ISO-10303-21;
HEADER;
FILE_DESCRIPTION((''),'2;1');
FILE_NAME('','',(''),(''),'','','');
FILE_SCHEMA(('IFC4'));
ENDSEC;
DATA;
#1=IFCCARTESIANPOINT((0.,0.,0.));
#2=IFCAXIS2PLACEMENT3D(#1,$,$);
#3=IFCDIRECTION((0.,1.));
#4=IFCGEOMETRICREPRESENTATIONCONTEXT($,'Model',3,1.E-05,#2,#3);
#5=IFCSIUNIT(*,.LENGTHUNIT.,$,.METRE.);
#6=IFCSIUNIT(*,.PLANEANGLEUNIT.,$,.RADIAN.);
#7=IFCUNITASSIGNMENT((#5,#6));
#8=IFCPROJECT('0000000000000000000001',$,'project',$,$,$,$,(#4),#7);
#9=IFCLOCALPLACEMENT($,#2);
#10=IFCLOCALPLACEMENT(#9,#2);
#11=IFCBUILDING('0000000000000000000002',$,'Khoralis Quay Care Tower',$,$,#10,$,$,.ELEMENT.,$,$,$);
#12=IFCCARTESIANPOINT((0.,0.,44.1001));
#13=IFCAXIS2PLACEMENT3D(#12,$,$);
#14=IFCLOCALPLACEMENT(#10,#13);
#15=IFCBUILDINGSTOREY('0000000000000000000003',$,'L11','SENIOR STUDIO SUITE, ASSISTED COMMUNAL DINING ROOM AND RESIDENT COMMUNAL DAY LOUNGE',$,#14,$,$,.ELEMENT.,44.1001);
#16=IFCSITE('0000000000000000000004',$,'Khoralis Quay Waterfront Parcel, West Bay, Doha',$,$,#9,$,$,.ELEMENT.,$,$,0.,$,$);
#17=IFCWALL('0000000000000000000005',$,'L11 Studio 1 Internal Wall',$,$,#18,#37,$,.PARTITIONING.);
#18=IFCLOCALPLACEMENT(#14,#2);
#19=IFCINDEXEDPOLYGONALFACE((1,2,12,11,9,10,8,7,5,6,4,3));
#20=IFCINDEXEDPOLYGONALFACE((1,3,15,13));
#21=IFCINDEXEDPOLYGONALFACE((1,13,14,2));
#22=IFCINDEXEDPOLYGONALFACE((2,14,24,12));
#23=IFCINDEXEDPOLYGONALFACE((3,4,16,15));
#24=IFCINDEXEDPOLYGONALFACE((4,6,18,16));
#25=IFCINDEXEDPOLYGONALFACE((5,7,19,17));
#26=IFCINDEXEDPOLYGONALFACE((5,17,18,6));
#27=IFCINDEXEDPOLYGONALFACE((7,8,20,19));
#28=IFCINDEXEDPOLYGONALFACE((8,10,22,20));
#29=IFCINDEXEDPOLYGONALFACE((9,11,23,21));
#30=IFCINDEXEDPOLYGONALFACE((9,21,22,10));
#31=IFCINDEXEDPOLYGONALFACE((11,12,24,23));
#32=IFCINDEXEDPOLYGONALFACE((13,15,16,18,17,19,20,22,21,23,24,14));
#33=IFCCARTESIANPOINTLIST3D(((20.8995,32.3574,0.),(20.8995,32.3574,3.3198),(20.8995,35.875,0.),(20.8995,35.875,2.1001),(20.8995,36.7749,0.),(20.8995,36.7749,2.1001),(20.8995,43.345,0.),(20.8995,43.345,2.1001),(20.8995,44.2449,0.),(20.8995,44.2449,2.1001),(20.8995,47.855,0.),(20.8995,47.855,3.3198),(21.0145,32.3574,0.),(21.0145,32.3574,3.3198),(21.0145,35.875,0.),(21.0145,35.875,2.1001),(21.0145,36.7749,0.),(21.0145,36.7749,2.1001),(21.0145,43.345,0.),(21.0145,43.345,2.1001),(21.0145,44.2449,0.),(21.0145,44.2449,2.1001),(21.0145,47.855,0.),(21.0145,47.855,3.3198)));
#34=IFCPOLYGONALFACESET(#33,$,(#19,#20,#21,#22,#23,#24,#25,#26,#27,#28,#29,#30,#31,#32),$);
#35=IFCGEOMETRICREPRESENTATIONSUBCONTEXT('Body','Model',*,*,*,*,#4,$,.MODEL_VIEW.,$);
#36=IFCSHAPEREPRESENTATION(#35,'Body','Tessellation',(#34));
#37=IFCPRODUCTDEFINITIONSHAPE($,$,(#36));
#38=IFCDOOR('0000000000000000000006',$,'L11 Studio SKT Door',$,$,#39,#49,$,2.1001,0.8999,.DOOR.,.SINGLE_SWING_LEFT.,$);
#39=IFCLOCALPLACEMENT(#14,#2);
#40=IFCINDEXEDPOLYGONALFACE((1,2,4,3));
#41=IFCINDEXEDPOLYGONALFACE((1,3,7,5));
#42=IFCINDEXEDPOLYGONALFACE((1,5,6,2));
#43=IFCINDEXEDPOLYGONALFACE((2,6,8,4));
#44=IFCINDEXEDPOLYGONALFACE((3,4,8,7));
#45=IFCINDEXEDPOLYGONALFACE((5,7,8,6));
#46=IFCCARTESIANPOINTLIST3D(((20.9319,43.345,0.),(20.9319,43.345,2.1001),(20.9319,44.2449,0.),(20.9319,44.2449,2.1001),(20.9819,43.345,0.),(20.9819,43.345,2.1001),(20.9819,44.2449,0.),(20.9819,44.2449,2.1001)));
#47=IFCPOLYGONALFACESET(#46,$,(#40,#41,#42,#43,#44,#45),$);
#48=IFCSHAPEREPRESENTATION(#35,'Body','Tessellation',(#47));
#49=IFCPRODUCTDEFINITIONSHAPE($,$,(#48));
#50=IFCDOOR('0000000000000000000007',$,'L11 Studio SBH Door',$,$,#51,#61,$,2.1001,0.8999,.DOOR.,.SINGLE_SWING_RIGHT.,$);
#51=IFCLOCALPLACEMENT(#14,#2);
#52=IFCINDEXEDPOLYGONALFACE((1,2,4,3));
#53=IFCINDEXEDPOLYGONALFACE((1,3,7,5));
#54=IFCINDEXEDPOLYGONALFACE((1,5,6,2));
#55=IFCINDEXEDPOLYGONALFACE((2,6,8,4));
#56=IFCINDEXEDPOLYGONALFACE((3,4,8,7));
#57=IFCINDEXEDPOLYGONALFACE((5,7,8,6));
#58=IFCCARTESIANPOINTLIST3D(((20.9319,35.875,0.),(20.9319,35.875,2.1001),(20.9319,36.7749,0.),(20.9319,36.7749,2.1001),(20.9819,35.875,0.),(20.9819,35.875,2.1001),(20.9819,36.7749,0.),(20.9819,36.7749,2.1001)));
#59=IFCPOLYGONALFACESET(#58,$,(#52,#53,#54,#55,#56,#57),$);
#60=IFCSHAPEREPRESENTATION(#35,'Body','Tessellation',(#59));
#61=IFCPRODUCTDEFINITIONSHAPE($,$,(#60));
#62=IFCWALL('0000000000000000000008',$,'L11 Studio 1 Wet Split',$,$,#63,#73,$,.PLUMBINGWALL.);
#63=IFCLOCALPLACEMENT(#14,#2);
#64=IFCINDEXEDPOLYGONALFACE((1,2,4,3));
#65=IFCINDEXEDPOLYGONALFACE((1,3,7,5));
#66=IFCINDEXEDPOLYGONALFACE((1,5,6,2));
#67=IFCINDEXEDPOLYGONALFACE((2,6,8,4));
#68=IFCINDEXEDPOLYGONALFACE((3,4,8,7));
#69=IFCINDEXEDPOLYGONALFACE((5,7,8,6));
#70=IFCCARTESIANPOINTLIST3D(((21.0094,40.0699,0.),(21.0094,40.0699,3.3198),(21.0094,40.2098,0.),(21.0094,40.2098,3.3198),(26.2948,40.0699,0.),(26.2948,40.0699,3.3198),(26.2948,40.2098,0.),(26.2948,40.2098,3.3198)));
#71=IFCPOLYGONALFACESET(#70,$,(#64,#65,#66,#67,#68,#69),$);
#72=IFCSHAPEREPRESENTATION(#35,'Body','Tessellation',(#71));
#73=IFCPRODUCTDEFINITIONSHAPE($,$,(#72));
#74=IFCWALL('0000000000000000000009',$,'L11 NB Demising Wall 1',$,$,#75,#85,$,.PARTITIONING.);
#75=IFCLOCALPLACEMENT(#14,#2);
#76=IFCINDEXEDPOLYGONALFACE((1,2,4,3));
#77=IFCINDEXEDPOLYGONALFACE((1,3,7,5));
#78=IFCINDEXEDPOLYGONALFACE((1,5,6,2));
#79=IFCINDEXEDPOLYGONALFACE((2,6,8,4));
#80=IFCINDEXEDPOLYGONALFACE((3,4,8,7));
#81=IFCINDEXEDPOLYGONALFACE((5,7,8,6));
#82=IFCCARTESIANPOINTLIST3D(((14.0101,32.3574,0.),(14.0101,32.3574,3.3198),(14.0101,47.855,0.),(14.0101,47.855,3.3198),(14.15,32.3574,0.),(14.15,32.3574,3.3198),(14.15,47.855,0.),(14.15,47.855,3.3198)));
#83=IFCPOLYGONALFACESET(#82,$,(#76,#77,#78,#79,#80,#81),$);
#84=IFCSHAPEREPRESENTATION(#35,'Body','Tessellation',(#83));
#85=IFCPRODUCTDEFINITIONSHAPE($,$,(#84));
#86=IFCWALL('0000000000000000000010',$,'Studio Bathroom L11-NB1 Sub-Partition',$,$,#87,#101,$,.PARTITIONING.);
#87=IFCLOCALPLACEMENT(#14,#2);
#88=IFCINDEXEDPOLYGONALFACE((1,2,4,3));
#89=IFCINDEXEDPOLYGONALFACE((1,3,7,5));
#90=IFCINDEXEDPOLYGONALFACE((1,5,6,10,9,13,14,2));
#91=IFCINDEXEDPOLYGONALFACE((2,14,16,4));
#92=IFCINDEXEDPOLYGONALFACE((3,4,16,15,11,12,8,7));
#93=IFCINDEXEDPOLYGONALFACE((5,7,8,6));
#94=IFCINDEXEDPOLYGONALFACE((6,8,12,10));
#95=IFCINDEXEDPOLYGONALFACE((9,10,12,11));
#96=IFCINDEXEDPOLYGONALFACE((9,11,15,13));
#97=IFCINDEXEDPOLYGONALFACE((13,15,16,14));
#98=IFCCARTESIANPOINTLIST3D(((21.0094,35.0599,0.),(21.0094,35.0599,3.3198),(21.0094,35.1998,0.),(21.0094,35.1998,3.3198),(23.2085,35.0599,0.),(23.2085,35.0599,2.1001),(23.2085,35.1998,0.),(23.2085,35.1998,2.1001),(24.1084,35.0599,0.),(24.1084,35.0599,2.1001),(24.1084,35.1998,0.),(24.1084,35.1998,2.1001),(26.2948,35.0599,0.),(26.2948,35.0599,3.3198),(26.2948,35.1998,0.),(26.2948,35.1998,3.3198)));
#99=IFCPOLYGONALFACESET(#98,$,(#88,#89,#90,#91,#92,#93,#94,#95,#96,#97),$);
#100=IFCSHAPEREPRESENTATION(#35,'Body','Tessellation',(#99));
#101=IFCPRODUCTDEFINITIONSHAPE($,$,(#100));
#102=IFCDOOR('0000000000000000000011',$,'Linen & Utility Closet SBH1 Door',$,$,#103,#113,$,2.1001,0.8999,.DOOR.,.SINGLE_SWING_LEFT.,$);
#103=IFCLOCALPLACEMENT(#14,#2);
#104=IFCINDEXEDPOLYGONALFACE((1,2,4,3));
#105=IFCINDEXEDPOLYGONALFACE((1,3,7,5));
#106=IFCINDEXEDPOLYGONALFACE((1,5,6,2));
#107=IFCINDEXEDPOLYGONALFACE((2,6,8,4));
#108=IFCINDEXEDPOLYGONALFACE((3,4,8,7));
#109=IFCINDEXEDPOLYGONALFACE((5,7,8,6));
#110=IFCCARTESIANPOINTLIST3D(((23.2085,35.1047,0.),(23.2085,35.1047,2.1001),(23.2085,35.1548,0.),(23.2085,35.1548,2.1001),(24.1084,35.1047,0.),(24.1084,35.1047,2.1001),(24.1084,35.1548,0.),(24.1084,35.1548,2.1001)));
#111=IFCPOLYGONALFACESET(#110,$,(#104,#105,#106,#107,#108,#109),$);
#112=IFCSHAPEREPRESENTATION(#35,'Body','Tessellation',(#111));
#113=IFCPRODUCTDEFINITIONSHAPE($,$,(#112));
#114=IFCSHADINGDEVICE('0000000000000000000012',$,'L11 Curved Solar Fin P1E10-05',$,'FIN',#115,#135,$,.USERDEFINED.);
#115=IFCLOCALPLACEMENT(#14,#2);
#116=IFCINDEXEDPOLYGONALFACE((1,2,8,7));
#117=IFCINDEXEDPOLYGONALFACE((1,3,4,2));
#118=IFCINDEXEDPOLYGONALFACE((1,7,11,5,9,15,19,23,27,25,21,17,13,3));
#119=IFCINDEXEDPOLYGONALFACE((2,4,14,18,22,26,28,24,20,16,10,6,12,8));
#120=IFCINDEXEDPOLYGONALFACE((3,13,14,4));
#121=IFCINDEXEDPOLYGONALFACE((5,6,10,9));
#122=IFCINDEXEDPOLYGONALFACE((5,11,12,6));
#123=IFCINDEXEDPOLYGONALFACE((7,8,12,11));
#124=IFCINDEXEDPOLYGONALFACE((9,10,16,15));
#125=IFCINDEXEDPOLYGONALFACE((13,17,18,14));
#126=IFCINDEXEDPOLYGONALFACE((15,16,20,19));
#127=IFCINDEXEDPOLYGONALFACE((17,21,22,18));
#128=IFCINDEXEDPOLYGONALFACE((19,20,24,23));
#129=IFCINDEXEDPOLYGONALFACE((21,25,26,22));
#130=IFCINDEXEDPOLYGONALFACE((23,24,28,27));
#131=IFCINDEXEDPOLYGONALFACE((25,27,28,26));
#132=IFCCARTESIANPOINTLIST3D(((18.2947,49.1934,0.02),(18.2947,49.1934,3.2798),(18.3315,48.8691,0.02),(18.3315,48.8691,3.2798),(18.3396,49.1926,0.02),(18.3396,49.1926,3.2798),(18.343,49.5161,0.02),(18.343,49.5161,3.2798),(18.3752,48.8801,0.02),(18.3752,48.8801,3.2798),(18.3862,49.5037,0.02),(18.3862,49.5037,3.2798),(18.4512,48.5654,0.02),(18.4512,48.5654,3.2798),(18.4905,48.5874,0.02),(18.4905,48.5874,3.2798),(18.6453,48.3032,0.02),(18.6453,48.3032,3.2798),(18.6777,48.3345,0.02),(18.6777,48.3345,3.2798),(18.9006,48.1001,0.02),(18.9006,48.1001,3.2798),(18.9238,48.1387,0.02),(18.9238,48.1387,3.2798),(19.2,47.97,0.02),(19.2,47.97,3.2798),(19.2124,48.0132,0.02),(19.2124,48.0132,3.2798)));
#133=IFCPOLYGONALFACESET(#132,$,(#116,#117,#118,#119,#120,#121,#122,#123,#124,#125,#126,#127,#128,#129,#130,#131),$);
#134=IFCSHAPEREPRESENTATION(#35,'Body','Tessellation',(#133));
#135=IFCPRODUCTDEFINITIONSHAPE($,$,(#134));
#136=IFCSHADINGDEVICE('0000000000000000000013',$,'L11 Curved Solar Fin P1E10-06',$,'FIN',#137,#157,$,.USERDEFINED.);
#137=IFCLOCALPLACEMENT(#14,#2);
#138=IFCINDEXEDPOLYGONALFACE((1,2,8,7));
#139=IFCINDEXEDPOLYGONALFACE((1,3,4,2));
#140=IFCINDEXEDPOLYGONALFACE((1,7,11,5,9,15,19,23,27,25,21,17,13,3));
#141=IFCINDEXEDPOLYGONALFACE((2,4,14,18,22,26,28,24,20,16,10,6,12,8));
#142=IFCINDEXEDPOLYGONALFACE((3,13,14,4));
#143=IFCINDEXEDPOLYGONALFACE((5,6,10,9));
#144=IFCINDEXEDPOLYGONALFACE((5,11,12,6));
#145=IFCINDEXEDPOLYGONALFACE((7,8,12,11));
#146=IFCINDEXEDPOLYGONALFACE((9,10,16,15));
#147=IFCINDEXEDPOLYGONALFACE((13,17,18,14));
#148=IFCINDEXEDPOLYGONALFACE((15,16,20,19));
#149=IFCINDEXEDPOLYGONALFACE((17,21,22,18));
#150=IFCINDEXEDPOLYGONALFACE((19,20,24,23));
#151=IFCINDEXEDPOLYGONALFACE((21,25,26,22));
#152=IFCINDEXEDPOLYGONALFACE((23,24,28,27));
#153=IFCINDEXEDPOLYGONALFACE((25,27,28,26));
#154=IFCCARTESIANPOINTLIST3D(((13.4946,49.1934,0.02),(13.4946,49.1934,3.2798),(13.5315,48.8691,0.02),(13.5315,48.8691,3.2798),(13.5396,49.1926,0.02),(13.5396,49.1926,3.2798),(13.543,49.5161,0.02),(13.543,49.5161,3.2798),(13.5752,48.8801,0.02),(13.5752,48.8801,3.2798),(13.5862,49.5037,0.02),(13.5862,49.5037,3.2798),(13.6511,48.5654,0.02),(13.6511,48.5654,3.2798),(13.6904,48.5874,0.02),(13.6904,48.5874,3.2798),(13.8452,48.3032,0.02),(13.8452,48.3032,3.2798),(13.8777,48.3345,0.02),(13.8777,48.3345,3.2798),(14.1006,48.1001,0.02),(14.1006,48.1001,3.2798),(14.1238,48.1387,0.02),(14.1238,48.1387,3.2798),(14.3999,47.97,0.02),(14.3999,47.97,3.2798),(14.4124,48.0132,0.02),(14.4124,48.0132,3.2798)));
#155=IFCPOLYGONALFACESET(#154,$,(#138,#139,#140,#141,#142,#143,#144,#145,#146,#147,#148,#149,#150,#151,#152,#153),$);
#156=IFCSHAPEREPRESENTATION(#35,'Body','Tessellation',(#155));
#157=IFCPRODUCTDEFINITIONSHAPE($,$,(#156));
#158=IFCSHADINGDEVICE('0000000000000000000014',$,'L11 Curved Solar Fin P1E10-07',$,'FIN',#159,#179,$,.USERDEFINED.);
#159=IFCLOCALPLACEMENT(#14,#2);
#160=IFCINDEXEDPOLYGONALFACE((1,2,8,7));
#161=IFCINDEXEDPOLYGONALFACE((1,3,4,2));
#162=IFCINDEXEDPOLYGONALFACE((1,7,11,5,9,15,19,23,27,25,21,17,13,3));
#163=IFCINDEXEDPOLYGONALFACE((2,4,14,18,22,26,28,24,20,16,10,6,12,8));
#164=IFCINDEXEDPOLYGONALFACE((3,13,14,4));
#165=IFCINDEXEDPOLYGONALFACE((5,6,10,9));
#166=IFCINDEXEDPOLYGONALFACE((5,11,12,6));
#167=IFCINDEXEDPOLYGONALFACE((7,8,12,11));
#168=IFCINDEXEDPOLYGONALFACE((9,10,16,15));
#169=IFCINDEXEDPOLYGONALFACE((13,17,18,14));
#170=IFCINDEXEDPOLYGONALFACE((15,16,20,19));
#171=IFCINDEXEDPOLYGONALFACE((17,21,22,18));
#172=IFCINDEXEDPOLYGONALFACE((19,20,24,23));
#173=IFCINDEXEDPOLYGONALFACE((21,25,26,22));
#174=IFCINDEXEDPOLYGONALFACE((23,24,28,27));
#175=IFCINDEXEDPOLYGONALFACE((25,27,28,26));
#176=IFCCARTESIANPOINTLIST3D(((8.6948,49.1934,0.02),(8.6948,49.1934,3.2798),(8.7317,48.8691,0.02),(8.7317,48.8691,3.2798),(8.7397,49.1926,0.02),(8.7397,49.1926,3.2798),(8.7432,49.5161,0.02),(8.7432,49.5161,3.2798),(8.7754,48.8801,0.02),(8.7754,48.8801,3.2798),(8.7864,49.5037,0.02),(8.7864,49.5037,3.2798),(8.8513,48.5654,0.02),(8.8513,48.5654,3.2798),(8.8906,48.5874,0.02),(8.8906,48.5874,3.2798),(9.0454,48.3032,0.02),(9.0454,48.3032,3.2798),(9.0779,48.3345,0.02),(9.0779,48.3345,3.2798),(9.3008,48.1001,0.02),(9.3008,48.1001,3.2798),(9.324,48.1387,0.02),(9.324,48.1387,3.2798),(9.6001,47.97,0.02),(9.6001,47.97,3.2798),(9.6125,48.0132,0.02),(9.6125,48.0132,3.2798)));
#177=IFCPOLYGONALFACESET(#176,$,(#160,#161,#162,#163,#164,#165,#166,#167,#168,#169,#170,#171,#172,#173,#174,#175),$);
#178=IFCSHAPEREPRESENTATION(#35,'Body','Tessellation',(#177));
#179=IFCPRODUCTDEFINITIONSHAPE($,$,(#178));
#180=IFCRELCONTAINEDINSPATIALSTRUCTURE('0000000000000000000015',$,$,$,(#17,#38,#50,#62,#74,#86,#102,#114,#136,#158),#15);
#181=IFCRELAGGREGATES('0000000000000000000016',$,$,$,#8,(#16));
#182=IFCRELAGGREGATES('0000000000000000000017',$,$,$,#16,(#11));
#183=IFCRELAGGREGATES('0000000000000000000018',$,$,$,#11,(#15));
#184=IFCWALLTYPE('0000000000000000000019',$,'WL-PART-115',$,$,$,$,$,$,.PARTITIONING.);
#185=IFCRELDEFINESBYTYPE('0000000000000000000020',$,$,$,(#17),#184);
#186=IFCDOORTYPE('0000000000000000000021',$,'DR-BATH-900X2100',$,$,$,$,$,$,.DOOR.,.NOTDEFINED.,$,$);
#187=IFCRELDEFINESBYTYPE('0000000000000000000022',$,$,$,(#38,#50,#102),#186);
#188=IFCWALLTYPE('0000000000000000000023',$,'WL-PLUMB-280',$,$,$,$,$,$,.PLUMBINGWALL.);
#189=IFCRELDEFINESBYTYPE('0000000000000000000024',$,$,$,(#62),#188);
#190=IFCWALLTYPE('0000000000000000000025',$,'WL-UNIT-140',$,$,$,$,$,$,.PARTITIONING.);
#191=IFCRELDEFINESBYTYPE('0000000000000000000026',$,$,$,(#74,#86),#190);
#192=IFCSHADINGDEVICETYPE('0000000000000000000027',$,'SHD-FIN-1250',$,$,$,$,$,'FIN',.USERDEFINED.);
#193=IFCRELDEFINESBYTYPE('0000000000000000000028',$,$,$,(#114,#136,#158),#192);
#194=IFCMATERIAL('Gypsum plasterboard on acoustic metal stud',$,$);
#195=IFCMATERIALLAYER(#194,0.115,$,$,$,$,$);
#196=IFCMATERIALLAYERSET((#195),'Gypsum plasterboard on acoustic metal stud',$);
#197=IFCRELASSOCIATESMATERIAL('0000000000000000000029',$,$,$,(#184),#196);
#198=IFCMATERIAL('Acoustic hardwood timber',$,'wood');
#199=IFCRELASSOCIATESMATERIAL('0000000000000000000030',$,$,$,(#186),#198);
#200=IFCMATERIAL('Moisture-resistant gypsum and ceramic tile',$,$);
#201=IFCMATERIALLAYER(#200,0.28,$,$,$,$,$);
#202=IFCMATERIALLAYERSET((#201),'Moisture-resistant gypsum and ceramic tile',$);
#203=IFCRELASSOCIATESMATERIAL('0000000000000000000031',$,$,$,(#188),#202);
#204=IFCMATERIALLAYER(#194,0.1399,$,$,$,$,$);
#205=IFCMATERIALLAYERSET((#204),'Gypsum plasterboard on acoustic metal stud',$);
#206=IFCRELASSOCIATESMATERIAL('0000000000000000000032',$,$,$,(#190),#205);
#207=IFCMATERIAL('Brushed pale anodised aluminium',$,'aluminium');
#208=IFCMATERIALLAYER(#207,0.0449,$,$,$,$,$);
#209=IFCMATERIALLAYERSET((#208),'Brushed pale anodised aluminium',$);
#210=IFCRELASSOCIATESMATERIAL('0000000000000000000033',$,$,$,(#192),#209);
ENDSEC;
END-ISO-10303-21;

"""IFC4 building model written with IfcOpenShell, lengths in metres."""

from ifc_helpers import new_model, si_unit, direction, frame, frame_2d, origin, place, context, subcontext, project, spatial, polyline, rectangle, outline, extrude, source, transform, mapped, material, layer, layer_set, type_object, element, fill, save


model = new_model("IFC4")

# Units and contexts
model_context = context("Model", 3, precision=1e-05, world=origin(), true_north=direction((0.0, 1.0)))
body_context = subcontext(model_context, "Body", "Model", "MODEL_VIEW")
ifc_project = project(units=[si_unit("LENGTHUNIT", "METRE"), si_unit("PLANEANGLEUNIT", "RADIAN")], contexts=[model_context])

# Site, building, storey
site_placement = place(None, origin())
site = spatial("IfcSite", under=ifc_project, at=site_placement, Name="Khoralis Quay Waterfront Parcel, West Bay, Doha", CompositionType="ELEMENT", RefElevation=0.0)
building_placement = place(site_placement, origin())
building = spatial("IfcBuilding", under=site, at=building_placement, Name="Khoralis Quay Care Tower", CompositionType="ELEMENT")
storey_placement = place(building_placement, frame((0.0, 0.0, 44.1001)))
storey = spatial("IfcBuildingStorey", under=building, at=storey_placement, Name="L11", Description="SENIOR STUDIO SUITE, ASSISTED COMMUNAL DINING ROOM AND RESIDENT COMMUNAL DAY LOUNGE", CompositionType="ELEMENT", Elevation=44.1001)

# Wall, openings, doors
ifc_material_1 = material(Name="Gypsum plasterboard on acoustic metal stud")
ifc_layer_1 = layer(ifc_material_1, 0.115)
ifc_layer_set_1 = layer_set([ifc_layer_1], Name="Gypsum plasterboard on acoustic metal stud")
wall_type_1 = type_object("IfcWallType", Name="WL-PART-115", PredefinedType="PARTITIONING", material=ifc_layer_set_1)
wall_1_placement = place(storey_placement, frame((20.957, 32.3574, 0.0), z_axis=(0.0, 0.0, 1.0), x_axis=(0.0, 1.0, 0.0)))
wall_1 = element("IfcWall", 1, at=wall_1_placement, inside=storey, type_object=wall_type_1, Name="L11 Studio 1 Internal Wall", PredefinedType="PARTITIONING", context=body_context, shape_type="SweptSolid", body=[
    extrude(rectangle(XDim=15.4976, YDim=0.115, at=frame_2d((7.7488, 0.0))), origin(), (0.0, 0.0, 1.0), 3.3198),
])
opening_1_placement = place(wall_1_placement, frame((10.9875, 0.0, 0.0)))
opening_1 = element("IfcOpeningElement", 2, at=opening_1_placement, cuts=wall_1, PredefinedType="OPENING", context=body_context, shape_type="SweptSolid", body=[
    extrude(rectangle(XDim=0.8999, YDim=2.1001, at=frame_2d((0.45, 1.05))), frame((0.0, 0.0674, 0.0), z_axis=(0.0, -1.0, 0.0), x_axis=(1.0, 0.0, 0.0)), (0.0, 0.0, 1.0), 0.135),
])
opening_2_placement = place(wall_1_placement, frame((3.5176, 0.0, 0.0)))
opening_2 = element("IfcOpeningElement", 3, at=opening_2_placement, cuts=wall_1, PredefinedType="OPENING", context=body_context, shape_type="SweptSolid", body=[
    extrude(rectangle(XDim=0.8999, YDim=2.1001, at=frame_2d((0.45, 1.05))), frame((0.0, 0.0674, 0.0), z_axis=(0.0, -1.0, 0.0), x_axis=(1.0, 0.0, 0.0)), (0.0, 0.0, 1.0), 0.135),
])
ifc_material_2 = material(Name="Acoustic hardwood timber", Category="wood")
door_type = type_object("IfcDoorType", Name="DR-BATH-900X2100", OperationType="NOTDEFINED", PredefinedType="DOOR", material=ifc_material_2)
shared_shape_1 = source(origin(), body_context, "Body", "SweptSolid", [
    extrude(rectangle(XDim=0.8999, YDim=2.1001, at=frame_2d((0.45, 1.05))), frame((0.0, 0.0249, 0.0), z_axis=(0.0, -1.0, 0.0), x_axis=(1.0, 0.0, 0.0)), (0.0, 0.0, 1.0), 0.05),
])
door_1_placement = place(opening_1_placement, frame((0.8999, 0.0, 0.0), z_axis=(0.0, 0.0, 1.0), x_axis=(-1.0, 0.0, 0.0)))
door_1 = element("IfcDoor", 4, at=door_1_placement, inside=storey, type_object=door_type, Name="L11 Studio SKT Door", OperationType="SINGLE_SWING_LEFT", OverallHeight=2.1001, OverallWidth=0.8999, PredefinedType="DOOR", context=body_context, shape_type="MappedRepresentation", body=[
    mapped(shared_shape_1, transform((0.0, 0.0, 0.0), scale=1.0)),
])
fill(opening_1, door_1)
door_2_placement = place(opening_2_placement, frame((0.8999, 0.0, 0.0), z_axis=(0.0, 0.0, 1.0), x_axis=(-1.0, 0.0, 0.0)))
door_2 = element("IfcDoor", 5, at=door_2_placement, inside=storey, type_object=door_type, Name="L11 Studio SBH Door", OperationType="SINGLE_SWING_RIGHT", OverallHeight=2.1001, OverallWidth=0.8999, PredefinedType="DOOR", context=body_context, shape_type="MappedRepresentation", body=[
    mapped(shared_shape_1, transform((0.0, 0.0, 0.0), scale=1.0)),
])
fill(opening_2, door_2)

# Walls
ifc_material_3 = material(Name="Moisture-resistant gypsum and ceramic tile")
ifc_layer_2 = layer(ifc_material_3, 0.28)
ifc_layer_set_2 = layer_set([ifc_layer_2], Name="Moisture-resistant gypsum and ceramic tile")
wall_type_2 = type_object("IfcWallType", Name="WL-PLUMB-280", PredefinedType="PLUMBINGWALL", material=ifc_layer_set_2)
wall_2_placement = place(storey_placement, frame((21.0095, 40.1399, 0.0), z_axis=(0.0, 0.0, 1.0), x_axis=(1.0, 0.0, 0.0)))
element("IfcWall", 6, at=wall_2_placement, inside=storey, type_object=wall_type_2, Name="L11 Studio 1 Wet Split", PredefinedType="PLUMBINGWALL", context=body_context, shape_type="SweptSolid", body=[
    extrude(rectangle(XDim=5.2854, YDim=0.1399, at=frame_2d((2.6426, 0.0))), origin(), (0.0, 0.0, 1.0), 3.3198),
])
ifc_layer_3 = layer(ifc_material_1, 0.1399)
ifc_layer_set_3 = layer_set([ifc_layer_3], Name="Gypsum plasterboard on acoustic metal stud")
wall_type_3 = type_object("IfcWallType", Name="WL-UNIT-140", PredefinedType="PARTITIONING", material=ifc_layer_set_3)
wall_3_placement = place(storey_placement, frame((14.0801, 32.3574, 0.0), z_axis=(0.0, 0.0, 1.0), x_axis=(0.0, 1.0, 0.0)))
element("IfcWall", 7, at=wall_3_placement, inside=storey, type_object=wall_type_3, Name="L11 NB Demising Wall 1", PredefinedType="PARTITIONING", context=body_context, shape_type="SweptSolid", body=[
    extrude(rectangle(XDim=15.4976, YDim=0.1399, at=frame_2d((7.7488, 0.0))), origin(), (0.0, 0.0, 1.0), 3.3198),
])

# Wall, opening, door
wall_4_placement = place(storey_placement, frame((21.0095, 35.1299, 0.0), z_axis=(0.0, 0.0, 1.0), x_axis=(1.0, 0.0, 0.0)))
wall_4 = element("IfcWall", 8, at=wall_4_placement, inside=storey, type_object=wall_type_3, Name="Studio Bathroom L11-NB1 Sub-Partition", PredefinedType="PARTITIONING", context=body_context, shape_type="SweptSolid", body=[
    extrude(rectangle(XDim=5.2854, YDim=0.1399, at=frame_2d((2.6426, 0.0))), origin(), (0.0, 0.0, 1.0), 3.3198),
])
opening_3_placement = place(wall_4_placement, frame((2.199, 0.0, 0.0)))
opening_3 = element("IfcOpeningElement", 9, at=opening_3_placement, cuts=wall_4, PredefinedType="OPENING", context=body_context, shape_type="SweptSolid", body=[
    extrude(rectangle(XDim=0.8999, YDim=2.1001, at=frame_2d((0.45, 1.05))), frame((0.0, 0.0801, 0.0), z_axis=(0.0, -1.0, 0.0), x_axis=(1.0, 0.0, 0.0)), (0.0, 0.0, 1.0), 0.1599),
])
door_3_placement = place(opening_3_placement, origin())
door_3 = element("IfcDoor", 10, at=door_3_placement, inside=storey, type_object=door_type, Name="Linen & Utility Closet SBH1 Door", OperationType="SINGLE_SWING_LEFT", OverallHeight=2.1001, OverallWidth=0.8999, PredefinedType="DOOR", context=body_context, shape_type="MappedRepresentation", body=[
    mapped(shared_shape_1, transform((0.0, 0.0, 0.0), scale=1.0)),
])
fill(opening_3, door_3)

# Shading devices
ifc_material_4 = material(Name="Brushed pale anodised aluminium", Category="aluminium")
ifc_layer_4 = layer(ifc_material_4, 0.0449)
ifc_layer_set_4 = layer_set([ifc_layer_4], Name="Brushed pale anodised aluminium")
shading_device_type = type_object("IfcShadingDeviceType", Name="SHD-FIN-1250", ElementType="FIN", PredefinedType="USERDEFINED", material=ifc_layer_set_4)
shared_shape_2 = source(origin(), body_context, "Body", "SweptSolid", [
    extrude(outline(polyline([(0.0, 0.0), (0.1301, 0.2993), (0.3333, 0.5547), (0.5955, 0.7488), (0.8992, 0.8684), (1.2234, 0.9053), (1.5461, 0.8569), (1.5337, 0.8137), (1.2227, 0.8604), (0.9102, 0.8247), (0.6174, 0.7095), (0.3645, 0.5222), (0.1687, 0.2761), (0.0432, -0.0125), (0.0, 0.0)])), origin(), (0.0, 0.0, 1.0), 3.2598),
])
for number, where, z_axis, x_axis, name in (
    (11, (19.2, 47.97, 0.02), (0.0, 0.0, 1.0), (0.0, 1.0, 0.0), "L11 Curved Solar Fin P1E10-05"),
    (12, (14.3999, 47.97, 0.02), (0.0, 0.0, 1.0), (0.0, 1.0, 0.0), "L11 Curved Solar Fin P1E10-06"),
    (13, (9.6001, 47.97, 0.02), (0.0, 0.0, 1.0), (0.0, 1.0, 0.0), "L11 Curved Solar Fin P1E10-07"),
):
    element("IfcShadingDevice", number, at=place(storey_placement, frame(where, z_axis=z_axis, x_axis=x_axis)), inside=storey, type_object=shading_device_type, Name=name, ObjectType="FIN", PredefinedType="USERDEFINED", context=body_context, shape_type="MappedRepresentation", body=[
        mapped(shared_shape_2, transform((0.0, 0.0, 0.0), scale=1.0)),
    ])

save(model, "model.ifc")
